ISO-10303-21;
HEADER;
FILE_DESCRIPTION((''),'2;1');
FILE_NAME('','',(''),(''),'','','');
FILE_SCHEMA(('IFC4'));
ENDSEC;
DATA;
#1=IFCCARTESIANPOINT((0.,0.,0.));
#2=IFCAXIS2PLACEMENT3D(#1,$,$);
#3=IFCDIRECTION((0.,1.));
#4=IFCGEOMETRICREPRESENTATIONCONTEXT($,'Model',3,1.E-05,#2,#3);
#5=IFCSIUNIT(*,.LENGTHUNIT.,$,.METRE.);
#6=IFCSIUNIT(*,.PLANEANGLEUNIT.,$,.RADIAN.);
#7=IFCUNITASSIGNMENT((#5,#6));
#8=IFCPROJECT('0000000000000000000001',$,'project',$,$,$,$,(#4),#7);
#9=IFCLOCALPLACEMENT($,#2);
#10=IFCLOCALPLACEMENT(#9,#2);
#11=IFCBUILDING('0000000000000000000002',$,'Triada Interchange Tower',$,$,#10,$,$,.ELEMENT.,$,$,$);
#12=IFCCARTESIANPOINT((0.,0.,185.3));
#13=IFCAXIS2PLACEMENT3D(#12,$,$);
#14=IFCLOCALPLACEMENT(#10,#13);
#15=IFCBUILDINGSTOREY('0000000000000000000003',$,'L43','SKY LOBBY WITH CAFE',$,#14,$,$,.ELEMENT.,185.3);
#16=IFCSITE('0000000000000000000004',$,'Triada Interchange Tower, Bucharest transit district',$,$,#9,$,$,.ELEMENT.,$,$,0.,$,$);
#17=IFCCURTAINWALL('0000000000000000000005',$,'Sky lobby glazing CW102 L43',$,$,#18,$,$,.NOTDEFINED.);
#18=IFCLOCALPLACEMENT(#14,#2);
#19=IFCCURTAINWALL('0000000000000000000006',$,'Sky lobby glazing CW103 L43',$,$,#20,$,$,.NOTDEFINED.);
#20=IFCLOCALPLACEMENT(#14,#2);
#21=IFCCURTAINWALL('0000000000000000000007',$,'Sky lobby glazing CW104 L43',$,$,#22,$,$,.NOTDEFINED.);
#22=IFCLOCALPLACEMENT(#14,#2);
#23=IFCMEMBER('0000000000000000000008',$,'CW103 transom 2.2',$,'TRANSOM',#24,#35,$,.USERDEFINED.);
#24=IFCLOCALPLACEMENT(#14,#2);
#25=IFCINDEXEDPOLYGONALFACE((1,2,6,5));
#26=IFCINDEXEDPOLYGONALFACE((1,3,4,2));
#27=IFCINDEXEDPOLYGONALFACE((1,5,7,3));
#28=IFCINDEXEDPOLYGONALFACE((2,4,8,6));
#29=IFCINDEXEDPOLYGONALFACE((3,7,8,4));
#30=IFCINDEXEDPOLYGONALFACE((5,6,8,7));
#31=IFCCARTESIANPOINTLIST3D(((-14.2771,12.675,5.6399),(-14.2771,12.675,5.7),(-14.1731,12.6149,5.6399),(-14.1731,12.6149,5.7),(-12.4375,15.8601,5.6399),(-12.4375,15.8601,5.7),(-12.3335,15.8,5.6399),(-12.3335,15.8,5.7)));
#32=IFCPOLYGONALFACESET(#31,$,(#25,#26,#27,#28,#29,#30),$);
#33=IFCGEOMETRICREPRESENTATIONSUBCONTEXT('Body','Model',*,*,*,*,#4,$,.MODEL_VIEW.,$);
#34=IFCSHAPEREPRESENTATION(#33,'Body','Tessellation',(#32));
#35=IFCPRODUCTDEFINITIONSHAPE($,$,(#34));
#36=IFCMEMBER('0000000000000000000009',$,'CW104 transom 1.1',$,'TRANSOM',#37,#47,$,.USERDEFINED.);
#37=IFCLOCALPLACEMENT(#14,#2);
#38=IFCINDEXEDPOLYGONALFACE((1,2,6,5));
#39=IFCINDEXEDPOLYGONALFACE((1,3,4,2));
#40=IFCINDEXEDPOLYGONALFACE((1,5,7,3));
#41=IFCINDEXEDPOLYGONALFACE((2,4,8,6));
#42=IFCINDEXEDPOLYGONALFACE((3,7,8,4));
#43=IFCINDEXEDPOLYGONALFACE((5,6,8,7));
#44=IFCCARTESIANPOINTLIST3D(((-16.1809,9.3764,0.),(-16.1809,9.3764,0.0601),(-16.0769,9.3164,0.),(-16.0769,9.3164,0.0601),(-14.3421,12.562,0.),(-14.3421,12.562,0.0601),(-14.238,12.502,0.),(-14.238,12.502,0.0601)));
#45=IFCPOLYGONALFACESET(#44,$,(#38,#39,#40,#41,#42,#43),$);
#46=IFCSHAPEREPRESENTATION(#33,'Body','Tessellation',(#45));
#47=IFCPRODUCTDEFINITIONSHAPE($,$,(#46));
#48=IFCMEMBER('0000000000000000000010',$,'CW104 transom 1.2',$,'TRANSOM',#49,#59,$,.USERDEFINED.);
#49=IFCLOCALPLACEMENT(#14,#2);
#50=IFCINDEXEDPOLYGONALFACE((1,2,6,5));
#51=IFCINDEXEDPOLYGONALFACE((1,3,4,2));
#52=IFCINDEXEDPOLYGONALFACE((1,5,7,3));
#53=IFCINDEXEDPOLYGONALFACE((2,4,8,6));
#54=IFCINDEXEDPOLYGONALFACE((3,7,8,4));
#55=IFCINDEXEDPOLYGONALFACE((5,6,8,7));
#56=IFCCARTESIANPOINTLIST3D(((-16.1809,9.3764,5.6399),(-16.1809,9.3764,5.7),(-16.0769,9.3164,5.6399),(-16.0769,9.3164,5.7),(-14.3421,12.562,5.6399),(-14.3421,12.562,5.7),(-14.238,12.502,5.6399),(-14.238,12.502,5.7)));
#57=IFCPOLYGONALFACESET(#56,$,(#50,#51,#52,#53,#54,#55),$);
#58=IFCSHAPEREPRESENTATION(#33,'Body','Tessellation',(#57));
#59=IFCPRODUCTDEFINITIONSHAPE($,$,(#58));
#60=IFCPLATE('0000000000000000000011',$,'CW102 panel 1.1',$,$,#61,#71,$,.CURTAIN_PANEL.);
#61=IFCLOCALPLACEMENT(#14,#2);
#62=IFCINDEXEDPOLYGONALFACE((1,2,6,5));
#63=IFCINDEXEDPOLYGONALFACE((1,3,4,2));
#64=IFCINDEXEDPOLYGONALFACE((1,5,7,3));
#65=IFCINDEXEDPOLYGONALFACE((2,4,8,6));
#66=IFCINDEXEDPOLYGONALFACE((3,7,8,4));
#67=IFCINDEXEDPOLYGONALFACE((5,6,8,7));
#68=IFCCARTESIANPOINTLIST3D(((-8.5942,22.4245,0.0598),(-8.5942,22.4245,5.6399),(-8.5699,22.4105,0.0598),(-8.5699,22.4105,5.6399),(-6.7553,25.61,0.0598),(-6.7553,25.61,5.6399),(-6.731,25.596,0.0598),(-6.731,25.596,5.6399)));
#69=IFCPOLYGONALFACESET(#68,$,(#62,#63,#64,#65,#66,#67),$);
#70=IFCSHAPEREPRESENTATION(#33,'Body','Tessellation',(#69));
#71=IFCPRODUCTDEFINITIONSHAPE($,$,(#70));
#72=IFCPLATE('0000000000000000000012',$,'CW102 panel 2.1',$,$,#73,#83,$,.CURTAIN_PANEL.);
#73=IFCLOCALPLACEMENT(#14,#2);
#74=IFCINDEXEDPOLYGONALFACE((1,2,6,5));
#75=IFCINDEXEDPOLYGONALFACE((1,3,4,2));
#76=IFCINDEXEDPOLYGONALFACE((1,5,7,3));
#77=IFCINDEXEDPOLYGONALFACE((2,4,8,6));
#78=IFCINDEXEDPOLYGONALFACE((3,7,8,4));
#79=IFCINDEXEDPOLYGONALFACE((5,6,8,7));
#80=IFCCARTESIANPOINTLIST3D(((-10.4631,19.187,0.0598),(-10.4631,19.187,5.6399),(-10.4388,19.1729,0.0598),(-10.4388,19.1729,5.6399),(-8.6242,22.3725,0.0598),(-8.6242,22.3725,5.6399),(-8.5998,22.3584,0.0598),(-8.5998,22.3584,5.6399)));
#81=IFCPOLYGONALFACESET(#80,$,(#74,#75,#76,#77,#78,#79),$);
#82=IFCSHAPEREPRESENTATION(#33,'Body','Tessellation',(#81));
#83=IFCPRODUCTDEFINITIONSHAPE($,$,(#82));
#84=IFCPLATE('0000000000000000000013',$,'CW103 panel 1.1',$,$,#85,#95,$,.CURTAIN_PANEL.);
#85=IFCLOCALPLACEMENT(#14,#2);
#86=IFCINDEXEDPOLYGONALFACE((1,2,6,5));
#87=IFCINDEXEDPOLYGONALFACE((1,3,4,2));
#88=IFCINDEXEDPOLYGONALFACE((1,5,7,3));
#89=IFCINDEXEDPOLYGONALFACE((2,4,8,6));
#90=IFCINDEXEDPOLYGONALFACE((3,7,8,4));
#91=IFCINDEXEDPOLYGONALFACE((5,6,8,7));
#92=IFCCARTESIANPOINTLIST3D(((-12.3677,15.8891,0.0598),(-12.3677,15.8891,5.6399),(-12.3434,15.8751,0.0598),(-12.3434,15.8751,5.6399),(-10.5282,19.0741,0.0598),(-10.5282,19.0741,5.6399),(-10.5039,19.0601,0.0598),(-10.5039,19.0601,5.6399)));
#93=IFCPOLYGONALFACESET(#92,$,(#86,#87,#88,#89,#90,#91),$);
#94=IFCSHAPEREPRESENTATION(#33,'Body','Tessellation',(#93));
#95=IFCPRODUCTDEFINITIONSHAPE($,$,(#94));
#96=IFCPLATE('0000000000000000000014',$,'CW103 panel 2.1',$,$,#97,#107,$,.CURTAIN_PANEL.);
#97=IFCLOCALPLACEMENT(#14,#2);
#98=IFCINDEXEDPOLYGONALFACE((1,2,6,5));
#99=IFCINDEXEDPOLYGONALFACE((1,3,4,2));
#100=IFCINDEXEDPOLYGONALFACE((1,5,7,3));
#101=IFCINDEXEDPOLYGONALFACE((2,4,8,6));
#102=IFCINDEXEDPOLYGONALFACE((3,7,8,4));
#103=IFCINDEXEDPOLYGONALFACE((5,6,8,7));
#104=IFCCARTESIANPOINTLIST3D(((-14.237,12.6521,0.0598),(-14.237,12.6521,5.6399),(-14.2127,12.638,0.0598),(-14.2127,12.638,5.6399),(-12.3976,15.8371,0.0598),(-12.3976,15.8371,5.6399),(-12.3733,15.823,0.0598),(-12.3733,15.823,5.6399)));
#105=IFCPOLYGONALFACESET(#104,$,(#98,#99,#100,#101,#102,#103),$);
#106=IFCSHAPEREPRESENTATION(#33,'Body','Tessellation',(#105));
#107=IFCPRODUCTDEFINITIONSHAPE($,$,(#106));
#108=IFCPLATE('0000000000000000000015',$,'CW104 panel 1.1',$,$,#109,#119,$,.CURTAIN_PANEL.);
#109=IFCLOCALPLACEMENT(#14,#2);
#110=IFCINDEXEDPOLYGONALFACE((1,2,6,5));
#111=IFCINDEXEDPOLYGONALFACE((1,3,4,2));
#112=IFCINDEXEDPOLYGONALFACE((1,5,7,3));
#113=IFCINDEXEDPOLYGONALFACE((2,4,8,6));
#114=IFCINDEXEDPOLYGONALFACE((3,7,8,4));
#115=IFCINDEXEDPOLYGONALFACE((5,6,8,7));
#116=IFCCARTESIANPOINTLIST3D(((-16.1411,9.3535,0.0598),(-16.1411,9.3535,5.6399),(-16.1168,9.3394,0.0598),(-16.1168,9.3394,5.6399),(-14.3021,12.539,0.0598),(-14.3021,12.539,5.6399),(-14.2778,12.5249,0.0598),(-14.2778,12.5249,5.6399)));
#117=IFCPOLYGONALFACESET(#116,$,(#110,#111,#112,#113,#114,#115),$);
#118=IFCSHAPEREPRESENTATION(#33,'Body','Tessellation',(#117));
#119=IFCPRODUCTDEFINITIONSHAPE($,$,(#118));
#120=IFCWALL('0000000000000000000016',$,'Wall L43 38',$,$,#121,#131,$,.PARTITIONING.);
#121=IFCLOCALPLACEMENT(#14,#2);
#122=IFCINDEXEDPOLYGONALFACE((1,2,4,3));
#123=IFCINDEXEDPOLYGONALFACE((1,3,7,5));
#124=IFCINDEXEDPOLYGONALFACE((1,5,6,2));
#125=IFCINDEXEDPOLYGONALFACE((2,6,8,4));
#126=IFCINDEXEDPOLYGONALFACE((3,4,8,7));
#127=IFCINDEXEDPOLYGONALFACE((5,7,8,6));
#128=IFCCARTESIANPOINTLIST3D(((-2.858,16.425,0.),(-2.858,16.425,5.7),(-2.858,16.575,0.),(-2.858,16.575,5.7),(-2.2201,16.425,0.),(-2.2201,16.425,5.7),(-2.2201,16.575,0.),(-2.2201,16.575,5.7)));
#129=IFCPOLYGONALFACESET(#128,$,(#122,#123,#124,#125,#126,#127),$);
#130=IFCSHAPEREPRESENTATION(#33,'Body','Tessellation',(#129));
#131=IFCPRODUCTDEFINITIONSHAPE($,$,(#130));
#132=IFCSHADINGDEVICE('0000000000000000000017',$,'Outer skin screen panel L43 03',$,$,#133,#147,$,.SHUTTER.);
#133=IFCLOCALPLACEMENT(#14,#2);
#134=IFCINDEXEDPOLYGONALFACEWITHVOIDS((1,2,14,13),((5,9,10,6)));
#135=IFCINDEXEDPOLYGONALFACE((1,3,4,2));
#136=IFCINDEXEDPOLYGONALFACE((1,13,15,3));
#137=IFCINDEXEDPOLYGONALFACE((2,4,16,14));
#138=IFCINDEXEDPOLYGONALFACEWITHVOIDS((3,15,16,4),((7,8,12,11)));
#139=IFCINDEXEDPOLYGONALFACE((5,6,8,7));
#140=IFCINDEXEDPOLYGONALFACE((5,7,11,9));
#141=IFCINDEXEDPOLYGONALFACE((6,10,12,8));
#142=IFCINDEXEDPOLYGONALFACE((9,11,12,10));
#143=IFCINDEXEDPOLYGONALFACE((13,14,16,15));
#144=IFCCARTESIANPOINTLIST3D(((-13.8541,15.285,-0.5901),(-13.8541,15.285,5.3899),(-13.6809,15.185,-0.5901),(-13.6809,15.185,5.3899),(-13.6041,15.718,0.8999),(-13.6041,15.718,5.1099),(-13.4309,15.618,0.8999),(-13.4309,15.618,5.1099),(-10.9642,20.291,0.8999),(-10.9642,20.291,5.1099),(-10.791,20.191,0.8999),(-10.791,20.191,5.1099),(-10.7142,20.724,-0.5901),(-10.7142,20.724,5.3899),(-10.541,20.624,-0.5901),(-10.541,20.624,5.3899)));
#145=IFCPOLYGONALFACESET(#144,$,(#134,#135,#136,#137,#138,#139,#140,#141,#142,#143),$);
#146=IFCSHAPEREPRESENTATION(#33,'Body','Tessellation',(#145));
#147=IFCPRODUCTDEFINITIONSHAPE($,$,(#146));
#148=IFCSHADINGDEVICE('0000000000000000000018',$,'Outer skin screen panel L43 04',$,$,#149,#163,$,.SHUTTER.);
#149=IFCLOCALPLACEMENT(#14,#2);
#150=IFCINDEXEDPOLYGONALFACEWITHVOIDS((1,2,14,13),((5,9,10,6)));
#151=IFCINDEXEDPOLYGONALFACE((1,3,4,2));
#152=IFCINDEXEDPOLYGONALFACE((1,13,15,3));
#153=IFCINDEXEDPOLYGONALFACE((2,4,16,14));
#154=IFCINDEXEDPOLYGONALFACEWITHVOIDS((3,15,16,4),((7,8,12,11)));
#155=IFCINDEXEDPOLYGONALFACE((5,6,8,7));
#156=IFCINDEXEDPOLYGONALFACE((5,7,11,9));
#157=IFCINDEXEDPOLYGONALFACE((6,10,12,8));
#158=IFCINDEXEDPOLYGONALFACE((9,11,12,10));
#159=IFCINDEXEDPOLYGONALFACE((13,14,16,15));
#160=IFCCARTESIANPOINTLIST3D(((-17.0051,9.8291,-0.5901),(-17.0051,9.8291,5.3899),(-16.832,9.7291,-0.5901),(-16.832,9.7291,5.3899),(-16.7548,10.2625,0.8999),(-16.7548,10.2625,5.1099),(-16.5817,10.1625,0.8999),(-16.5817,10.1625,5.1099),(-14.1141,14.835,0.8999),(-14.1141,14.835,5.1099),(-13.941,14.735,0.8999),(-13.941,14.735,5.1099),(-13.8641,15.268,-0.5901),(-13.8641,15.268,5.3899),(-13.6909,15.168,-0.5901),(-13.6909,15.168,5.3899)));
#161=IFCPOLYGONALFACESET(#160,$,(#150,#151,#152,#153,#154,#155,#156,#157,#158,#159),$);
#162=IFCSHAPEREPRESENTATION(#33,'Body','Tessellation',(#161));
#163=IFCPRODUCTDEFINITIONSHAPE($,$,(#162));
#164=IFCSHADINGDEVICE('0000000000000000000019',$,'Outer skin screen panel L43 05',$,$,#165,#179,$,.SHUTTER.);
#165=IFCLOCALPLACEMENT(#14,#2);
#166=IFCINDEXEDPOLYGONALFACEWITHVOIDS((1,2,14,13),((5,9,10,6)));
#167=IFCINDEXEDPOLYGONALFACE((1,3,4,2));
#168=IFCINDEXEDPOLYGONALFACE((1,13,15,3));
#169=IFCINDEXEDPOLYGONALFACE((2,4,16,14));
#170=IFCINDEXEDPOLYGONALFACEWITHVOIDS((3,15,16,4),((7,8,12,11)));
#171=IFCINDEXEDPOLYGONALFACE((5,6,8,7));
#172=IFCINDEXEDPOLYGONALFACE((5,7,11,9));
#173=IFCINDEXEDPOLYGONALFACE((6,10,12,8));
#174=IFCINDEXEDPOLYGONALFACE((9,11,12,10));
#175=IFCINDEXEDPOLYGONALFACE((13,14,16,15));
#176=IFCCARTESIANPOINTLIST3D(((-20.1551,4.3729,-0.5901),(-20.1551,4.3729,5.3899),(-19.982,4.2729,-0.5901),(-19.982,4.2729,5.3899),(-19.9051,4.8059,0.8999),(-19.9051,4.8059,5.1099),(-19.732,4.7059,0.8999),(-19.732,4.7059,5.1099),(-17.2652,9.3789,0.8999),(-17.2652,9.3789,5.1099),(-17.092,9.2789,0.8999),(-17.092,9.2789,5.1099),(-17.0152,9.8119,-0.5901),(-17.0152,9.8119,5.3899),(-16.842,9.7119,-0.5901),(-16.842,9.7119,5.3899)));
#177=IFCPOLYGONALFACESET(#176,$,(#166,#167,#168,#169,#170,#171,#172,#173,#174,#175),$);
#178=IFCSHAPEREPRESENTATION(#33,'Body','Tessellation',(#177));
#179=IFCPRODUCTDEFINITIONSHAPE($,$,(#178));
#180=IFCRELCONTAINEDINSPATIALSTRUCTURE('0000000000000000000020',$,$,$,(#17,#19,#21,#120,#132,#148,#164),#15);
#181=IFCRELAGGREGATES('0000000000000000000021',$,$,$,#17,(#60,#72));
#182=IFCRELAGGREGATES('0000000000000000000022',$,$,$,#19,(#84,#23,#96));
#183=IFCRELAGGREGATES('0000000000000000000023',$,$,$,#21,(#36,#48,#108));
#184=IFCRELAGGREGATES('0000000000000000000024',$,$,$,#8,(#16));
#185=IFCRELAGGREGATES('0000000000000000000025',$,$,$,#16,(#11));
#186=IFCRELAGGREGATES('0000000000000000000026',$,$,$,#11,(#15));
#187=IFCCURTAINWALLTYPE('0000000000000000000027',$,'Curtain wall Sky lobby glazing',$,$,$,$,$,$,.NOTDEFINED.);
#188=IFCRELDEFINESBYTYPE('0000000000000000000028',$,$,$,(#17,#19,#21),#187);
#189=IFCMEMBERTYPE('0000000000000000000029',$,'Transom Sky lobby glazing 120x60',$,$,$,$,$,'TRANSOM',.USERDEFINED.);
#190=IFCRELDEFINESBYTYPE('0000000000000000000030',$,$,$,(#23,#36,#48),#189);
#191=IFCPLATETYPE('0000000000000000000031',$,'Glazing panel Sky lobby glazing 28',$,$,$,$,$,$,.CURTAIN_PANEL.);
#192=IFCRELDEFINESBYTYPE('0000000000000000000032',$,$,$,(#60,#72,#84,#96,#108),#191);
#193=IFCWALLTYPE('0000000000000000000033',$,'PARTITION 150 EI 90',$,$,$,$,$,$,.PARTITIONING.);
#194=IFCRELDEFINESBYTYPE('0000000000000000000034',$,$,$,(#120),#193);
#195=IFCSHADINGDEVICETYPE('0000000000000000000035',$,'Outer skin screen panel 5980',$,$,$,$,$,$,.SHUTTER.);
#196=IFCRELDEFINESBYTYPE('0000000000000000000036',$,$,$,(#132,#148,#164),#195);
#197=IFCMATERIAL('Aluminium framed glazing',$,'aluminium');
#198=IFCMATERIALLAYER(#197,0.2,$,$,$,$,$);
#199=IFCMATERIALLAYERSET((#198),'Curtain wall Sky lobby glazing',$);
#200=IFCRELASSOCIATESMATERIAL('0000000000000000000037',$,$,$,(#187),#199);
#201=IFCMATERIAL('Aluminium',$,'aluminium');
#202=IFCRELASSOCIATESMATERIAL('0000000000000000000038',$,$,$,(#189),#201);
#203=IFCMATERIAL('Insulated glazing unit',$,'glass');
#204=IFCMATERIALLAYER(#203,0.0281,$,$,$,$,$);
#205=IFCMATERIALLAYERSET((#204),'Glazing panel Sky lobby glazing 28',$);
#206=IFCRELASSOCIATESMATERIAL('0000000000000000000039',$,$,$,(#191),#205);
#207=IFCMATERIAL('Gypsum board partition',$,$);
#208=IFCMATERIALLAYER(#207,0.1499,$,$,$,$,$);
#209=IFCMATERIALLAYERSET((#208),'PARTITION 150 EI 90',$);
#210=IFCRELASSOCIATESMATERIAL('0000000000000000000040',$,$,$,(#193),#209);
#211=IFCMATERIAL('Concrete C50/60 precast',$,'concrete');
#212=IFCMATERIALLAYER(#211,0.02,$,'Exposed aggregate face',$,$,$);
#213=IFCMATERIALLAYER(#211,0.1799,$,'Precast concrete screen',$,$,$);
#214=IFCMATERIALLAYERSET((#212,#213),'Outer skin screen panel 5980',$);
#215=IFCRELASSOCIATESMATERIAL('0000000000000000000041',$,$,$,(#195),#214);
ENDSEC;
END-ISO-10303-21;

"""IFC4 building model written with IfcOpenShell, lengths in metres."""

from ifc_helpers import new_model, si_unit, direction, frame, frame_2d, origin, origin_2d, place, context, subcontext, project, spatial, polyline, rectangle, outline, extrude, material, layer, layer_set, material_profile, profile_set, type_object, element, aggregate, save


model = new_model("IFC4")

# Units and contexts
model_context = context("Model", 3, precision=1e-05, world=origin(), true_north=direction((0.0, 1.0)))
body_context = subcontext(model_context, "Body", "Model", "MODEL_VIEW")
ifc_project = project(units=[si_unit("LENGTHUNIT", "METRE"), si_unit("PLANEANGLEUNIT", "RADIAN")], contexts=[model_context])

# Site, building, storey
site_placement = place(None, origin())
site = spatial("IfcSite", under=ifc_project, at=site_placement, Name="Triada Interchange Tower, Bucharest transit district", CompositionType="ELEMENT", RefElevation=0.0)
building_placement = place(site_placement, origin())
building = spatial("IfcBuilding", under=site, at=building_placement, Name="Triada Interchange Tower", CompositionType="ELEMENT")
storey_placement = place(building_placement, frame((0.0, 0.0, 185.3)))
storey = spatial("IfcBuildingStorey", under=building, at=storey_placement, Name="L43", Description="SKY LOBBY WITH CAFE", CompositionType="ELEMENT", Elevation=185.3)

# Curtain walls
ifc_material_1 = material(Name="Aluminium framed glazing", Category="aluminium")
ifc_layer_1 = layer(ifc_material_1, 0.2)
ifc_layer_set_1 = layer_set([ifc_layer_1], Name="Curtain wall Sky lobby glazing")
curtain_wall_type = type_object("IfcCurtainWallType", Name="Curtain wall Sky lobby glazing", PredefinedType="NOTDEFINED", material=ifc_layer_set_1)
curtain_wall_1_placement = place(storey_placement, origin())
curtain_wall_1 = element("IfcCurtainWall", 1, at=curtain_wall_1_placement, inside=storey, type_object=curtain_wall_type, Name="Sky lobby glazing CW102 L43", PredefinedType="NOTDEFINED")
ifc_material_2 = material(Name="Aluminium", Category="aluminium")
curtain_wall_2_placement = place(storey_placement, origin())
curtain_wall_2 = element("IfcCurtainWall", 2, at=curtain_wall_2_placement, inside=storey, type_object=curtain_wall_type, Name="Sky lobby glazing CW103 L43", PredefinedType="NOTDEFINED")
curtain_wall_3_placement = place(storey_placement, origin())
curtain_wall_3 = element("IfcCurtainWall", 3, at=curtain_wall_3_placement, inside=storey, type_object=curtain_wall_type, Name="Sky lobby glazing CW104 L43", PredefinedType="NOTDEFINED")

# Members
ifc_material_profile_1 = material_profile(ifc_material_2, rectangle(XDim=0.1201, YDim=0.0601, at=origin_2d()), Name="Aluminium transom")
ifc_profile_set_1 = profile_set([ifc_material_profile_1], Name="Aluminium")
member_type_1 = type_object("IfcMemberType", Name="Transom Sky lobby glazing 120x60", ElementType="TRANSOM", PredefinedType="USERDEFINED", material=ifc_profile_set_1)
member_1_placement = place(storey_placement, frame((-12.3855, 15.8301, 5.6699), z_axis=(-0.500144, -0.865942, 0.0), x_axis=(0.865942, -0.500144, 0.0)))
member_1 = element("IfcMember", 4, at=member_1_placement, type_object=member_type_1, Name="CW103 transom 2.2", ObjectType="TRANSOM", PredefinedType="USERDEFINED", context=body_context, shape_type="SweptSolid", body=[
    extrude(rectangle(XDim=0.1201, YDim=0.0601, at=origin_2d()), origin(), (0.0, 0.0, 1.0), 3.6782),
])
member_2_placement = place(storey_placement, frame((-14.29, 12.532, 0.03), z_axis=(-0.499937, -0.866062, 0.0), x_axis=(0.866062, -0.499937, 0.0)))
member_2 = element("IfcMember", 5, at=member_2_placement, type_object=member_type_1, Name="CW104 transom 1.1", ObjectType="TRANSOM", PredefinedType="USERDEFINED", context=body_context, shape_type="SweptSolid", body=[
    extrude(rectangle(XDim=0.1201, YDim=0.0601, at=origin_2d()), origin(), (0.0, 0.0, 1.0), 3.6782),
])
member_3_placement = place(storey_placement, frame((-14.29, 12.532, 5.6699), z_axis=(-0.499937, -0.866062, 0.0), x_axis=(0.866062, -0.499937, 0.0)))
member_3 = element("IfcMember", 6, at=member_3_placement, type_object=member_type_1, Name="CW104 transom 1.2", ObjectType="TRANSOM", PredefinedType="USERDEFINED", context=body_context, shape_type="SweptSolid", body=[
    extrude(rectangle(XDim=0.1201, YDim=0.0601, at=origin_2d()), origin(), (0.0, 0.0, 1.0), 3.6782),
])

# Plates
ifc_material_3 = material(Name="Insulated glazing unit", Category="glass")
ifc_layer_2 = layer(ifc_material_3, 0.0281)
ifc_layer_set_2 = layer_set([ifc_layer_2], Name="Glazing panel Sky lobby glazing 28")
plate_type = type_object("IfcPlateType", Name="Glazing panel Sky lobby glazing 28", PredefinedType="CURTAIN_PANEL", material=ifc_layer_set_2)
plate_1_placement = place(storey_placement, frame((-7.6626, 24.0103, 0.0598), z_axis=(0.0, 0.0, 1.0), x_axis=(-0.499964, -0.866046, 0.0)))
plate_1 = element("IfcPlate", 7, at=plate_1_placement, type_object=plate_type, Name="CW102 panel 1.1", PredefinedType="CURTAIN_PANEL", context=body_context, shape_type="SweptSolid", body=[
    extrude(rectangle(XDim=3.6782, YDim=0.0281, at=origin_2d()), origin(), (0.0, 0.0, 1.0), 5.5801),
])
plate_2_placement = place(storey_placement, frame((-9.5315, 20.7727, 0.0598), z_axis=(0.0, 0.0, 1.0), x_axis=(-0.499964, -0.866046, 0.0)))
plate_2 = element("IfcPlate", 8, at=plate_2_placement, type_object=plate_type, Name="CW102 panel 2.1", PredefinedType="CURTAIN_PANEL", context=body_context, shape_type="SweptSolid", body=[
    extrude(rectangle(XDim=3.6782, YDim=0.0281, at=origin_2d()), origin(), (0.0, 0.0, 1.0), 5.5801),
])
aggregate(curtain_wall_1, [plate_1, plate_2])
plate_3_placement = place(storey_placement, frame((-11.4358, 17.4746, 0.0598), z_axis=(0.0, 0.0, 1.0), x_axis=(-0.500121, -0.865956, 0.0)))
plate_3 = element("IfcPlate", 9, at=plate_3_placement, type_object=plate_type, Name="CW103 panel 1.1", PredefinedType="CURTAIN_PANEL", context=body_context, shape_type="SweptSolid", body=[
    extrude(rectangle(XDim=3.678, YDim=0.0281, at=origin_2d()), origin(), (0.0, 0.0, 1.0), 5.5801),
])
plate_4_placement = place(storey_placement, frame((-13.3052, 14.2375, 0.0598), z_axis=(0.0, 0.0, 1.0), x_axis=(-0.500121, -0.865956, 0.0)))
plate_4 = element("IfcPlate", 10, at=plate_4_placement, type_object=plate_type, Name="CW103 panel 2.1", PredefinedType="CURTAIN_PANEL", context=body_context, shape_type="SweptSolid", body=[
    extrude(rectangle(XDim=3.678, YDim=0.0281, at=origin_2d()), origin(), (0.0, 0.0, 1.0), 5.5801),
])
aggregate(curtain_wall_2, [plate_3, member_1, plate_4])
plate_5_placement = place(storey_placement, frame((-15.2095, 10.9392, 0.0598), z_axis=(0.0, 0.0, 1.0), x_axis=(-0.499964, -0.866046, 0.0)))
plate_5 = element("IfcPlate", 11, at=plate_5_placement, type_object=plate_type, Name="CW104 panel 1.1", PredefinedType="CURTAIN_PANEL", context=body_context, shape_type="SweptSolid", body=[
    extrude(rectangle(XDim=3.6782, YDim=0.0281, at=origin_2d()), origin(), (0.0, 0.0, 1.0), 5.5801),
])
aggregate(curtain_wall_3, [member_2, member_3, plate_5])

# Wall
ifc_material_4 = material(Name="Gypsum board partition")
ifc_layer_3 = layer(ifc_material_4, 0.1499)
ifc_layer_set_3 = layer_set([ifc_layer_3], Name="PARTITION 150 EI 90")
wall_type_1 = type_object("IfcWallType", Name="PARTITION 150 EI 90", PredefinedType="PARTITIONING", material=ifc_layer_set_3)
wall_1_placement = place(storey_placement, frame((-2.8579, 16.5, 0.0), z_axis=(0.0, 0.0, 1.0), x_axis=(1.0, 0.0, 0.0)))
element("IfcWall", 12, at=wall_1_placement, inside=storey, type_object=wall_type_1, Name="Wall L43 38", PredefinedType="PARTITIONING", context=body_context, shape_type="SweptSolid", body=[
    extrude(rectangle(XDim=0.6379, YDim=0.1499, at=frame_2d((0.3188, 0.0))), origin(), (0.0, 0.0, 1.0), 5.7),
])

# Shading devices
ifc_material_5 = material(Name="Concrete C50/60 precast", Category="concrete")
ifc_layer_4 = layer(ifc_material_5, 0.02, Name="Exposed aggregate face")
ifc_layer_5 = layer(ifc_material_5, 0.1799, Name="Precast concrete screen")
ifc_layer_set_4 = layer_set([ifc_layer_4, ifc_layer_5], Name="Outer skin screen panel 5980")
shading_device_type = type_object("IfcShadingDeviceType", Name="Outer skin screen panel 5980", PredefinedType="SHUTTER", material=ifc_layer_set_4)
shading_device_1_placement = place(storey_placement, frame((-10.541, 20.624, -0.5901), z_axis=(0.0, 0.0, 1.0), x_axis=(-0.499965, -0.866046, 0.0)))
element("IfcShadingDevice", 13, at=shading_device_1_placement, inside=storey, type_object=shading_device_type, Name="Outer skin screen panel L43 03", PredefinedType="SHUTTER", context=body_context, shape_type="SweptSolid", body=[
    extrude(outline(polyline([(0.0, 0.0), (6.2803, 0.0), (6.2803, 5.98), (0.0, 5.98), (0.0, 0.0)]), holes=[polyline([(0.5, 1.49), (0.5, 5.7), (5.7803, 5.7), (5.7803, 1.49), (0.5, 1.49)])]), frame((0.0, 0.0, 0.0), z_axis=(0.0, -1.0, 0.0), x_axis=(1.0, 0.0, 0.0)), (0.0, 0.0, 1.0), 0.2),
])
shading_device_2_placement = place(storey_placement, frame((-13.6909, 15.168, -0.5901), z_axis=(0.0, 0.0, 1.0), x_axis=(-0.500111, -0.865962, 0.0)))
element("IfcShadingDevice", 14, at=shading_device_2_placement, inside=storey, type_object=shading_device_type, Name="Outer skin screen panel L43 04", PredefinedType="SHUTTER", context=body_context, shape_type="SweptSolid", body=[
    extrude(outline(polyline([(0.0, 0.0), (6.2808, 0.0), (6.2808, 5.98), (0.0, 5.98), (0.0, 0.0)]), holes=[polyline([(0.5, 1.49), (0.5, 5.7), (5.7803, 5.7), (5.7803, 1.49), (0.5, 1.49)])]), frame((0.0, 0.0, 0.0), z_axis=(0.0, -1.0, 0.0), x_axis=(1.0, 0.0, 0.0)), (0.0, 0.0, 1.0), 0.2),
])
shading_device_3_placement = place(storey_placement, frame((-16.842, 9.7119, -0.5901), z_axis=(0.0, 0.0, 1.0), x_axis=(-0.499965, -0.866046, 0.0)))
element("IfcShadingDevice", 15, at=shading_device_3_placement, inside=storey, type_object=shading_device_type, Name="Outer skin screen panel L43 05", PredefinedType="SHUTTER", context=body_context, shape_type="SweptSolid", body=[
    extrude(outline(polyline([(0.0, 0.0), (6.2803, 0.0), (6.2803, 5.98), (0.0, 5.98), (0.0, 0.0)]), holes=[polyline([(0.5, 1.49), (0.5, 5.7), (5.7803, 5.7), (5.7803, 1.49), (0.5, 1.49)])]), frame((0.0, 0.0, 0.0), z_axis=(0.0, -1.0, 0.0), x_axis=(1.0, 0.0, 0.0)), (0.0, 0.0, 1.0), 0.2),
])

save(model, "model.ifc")
